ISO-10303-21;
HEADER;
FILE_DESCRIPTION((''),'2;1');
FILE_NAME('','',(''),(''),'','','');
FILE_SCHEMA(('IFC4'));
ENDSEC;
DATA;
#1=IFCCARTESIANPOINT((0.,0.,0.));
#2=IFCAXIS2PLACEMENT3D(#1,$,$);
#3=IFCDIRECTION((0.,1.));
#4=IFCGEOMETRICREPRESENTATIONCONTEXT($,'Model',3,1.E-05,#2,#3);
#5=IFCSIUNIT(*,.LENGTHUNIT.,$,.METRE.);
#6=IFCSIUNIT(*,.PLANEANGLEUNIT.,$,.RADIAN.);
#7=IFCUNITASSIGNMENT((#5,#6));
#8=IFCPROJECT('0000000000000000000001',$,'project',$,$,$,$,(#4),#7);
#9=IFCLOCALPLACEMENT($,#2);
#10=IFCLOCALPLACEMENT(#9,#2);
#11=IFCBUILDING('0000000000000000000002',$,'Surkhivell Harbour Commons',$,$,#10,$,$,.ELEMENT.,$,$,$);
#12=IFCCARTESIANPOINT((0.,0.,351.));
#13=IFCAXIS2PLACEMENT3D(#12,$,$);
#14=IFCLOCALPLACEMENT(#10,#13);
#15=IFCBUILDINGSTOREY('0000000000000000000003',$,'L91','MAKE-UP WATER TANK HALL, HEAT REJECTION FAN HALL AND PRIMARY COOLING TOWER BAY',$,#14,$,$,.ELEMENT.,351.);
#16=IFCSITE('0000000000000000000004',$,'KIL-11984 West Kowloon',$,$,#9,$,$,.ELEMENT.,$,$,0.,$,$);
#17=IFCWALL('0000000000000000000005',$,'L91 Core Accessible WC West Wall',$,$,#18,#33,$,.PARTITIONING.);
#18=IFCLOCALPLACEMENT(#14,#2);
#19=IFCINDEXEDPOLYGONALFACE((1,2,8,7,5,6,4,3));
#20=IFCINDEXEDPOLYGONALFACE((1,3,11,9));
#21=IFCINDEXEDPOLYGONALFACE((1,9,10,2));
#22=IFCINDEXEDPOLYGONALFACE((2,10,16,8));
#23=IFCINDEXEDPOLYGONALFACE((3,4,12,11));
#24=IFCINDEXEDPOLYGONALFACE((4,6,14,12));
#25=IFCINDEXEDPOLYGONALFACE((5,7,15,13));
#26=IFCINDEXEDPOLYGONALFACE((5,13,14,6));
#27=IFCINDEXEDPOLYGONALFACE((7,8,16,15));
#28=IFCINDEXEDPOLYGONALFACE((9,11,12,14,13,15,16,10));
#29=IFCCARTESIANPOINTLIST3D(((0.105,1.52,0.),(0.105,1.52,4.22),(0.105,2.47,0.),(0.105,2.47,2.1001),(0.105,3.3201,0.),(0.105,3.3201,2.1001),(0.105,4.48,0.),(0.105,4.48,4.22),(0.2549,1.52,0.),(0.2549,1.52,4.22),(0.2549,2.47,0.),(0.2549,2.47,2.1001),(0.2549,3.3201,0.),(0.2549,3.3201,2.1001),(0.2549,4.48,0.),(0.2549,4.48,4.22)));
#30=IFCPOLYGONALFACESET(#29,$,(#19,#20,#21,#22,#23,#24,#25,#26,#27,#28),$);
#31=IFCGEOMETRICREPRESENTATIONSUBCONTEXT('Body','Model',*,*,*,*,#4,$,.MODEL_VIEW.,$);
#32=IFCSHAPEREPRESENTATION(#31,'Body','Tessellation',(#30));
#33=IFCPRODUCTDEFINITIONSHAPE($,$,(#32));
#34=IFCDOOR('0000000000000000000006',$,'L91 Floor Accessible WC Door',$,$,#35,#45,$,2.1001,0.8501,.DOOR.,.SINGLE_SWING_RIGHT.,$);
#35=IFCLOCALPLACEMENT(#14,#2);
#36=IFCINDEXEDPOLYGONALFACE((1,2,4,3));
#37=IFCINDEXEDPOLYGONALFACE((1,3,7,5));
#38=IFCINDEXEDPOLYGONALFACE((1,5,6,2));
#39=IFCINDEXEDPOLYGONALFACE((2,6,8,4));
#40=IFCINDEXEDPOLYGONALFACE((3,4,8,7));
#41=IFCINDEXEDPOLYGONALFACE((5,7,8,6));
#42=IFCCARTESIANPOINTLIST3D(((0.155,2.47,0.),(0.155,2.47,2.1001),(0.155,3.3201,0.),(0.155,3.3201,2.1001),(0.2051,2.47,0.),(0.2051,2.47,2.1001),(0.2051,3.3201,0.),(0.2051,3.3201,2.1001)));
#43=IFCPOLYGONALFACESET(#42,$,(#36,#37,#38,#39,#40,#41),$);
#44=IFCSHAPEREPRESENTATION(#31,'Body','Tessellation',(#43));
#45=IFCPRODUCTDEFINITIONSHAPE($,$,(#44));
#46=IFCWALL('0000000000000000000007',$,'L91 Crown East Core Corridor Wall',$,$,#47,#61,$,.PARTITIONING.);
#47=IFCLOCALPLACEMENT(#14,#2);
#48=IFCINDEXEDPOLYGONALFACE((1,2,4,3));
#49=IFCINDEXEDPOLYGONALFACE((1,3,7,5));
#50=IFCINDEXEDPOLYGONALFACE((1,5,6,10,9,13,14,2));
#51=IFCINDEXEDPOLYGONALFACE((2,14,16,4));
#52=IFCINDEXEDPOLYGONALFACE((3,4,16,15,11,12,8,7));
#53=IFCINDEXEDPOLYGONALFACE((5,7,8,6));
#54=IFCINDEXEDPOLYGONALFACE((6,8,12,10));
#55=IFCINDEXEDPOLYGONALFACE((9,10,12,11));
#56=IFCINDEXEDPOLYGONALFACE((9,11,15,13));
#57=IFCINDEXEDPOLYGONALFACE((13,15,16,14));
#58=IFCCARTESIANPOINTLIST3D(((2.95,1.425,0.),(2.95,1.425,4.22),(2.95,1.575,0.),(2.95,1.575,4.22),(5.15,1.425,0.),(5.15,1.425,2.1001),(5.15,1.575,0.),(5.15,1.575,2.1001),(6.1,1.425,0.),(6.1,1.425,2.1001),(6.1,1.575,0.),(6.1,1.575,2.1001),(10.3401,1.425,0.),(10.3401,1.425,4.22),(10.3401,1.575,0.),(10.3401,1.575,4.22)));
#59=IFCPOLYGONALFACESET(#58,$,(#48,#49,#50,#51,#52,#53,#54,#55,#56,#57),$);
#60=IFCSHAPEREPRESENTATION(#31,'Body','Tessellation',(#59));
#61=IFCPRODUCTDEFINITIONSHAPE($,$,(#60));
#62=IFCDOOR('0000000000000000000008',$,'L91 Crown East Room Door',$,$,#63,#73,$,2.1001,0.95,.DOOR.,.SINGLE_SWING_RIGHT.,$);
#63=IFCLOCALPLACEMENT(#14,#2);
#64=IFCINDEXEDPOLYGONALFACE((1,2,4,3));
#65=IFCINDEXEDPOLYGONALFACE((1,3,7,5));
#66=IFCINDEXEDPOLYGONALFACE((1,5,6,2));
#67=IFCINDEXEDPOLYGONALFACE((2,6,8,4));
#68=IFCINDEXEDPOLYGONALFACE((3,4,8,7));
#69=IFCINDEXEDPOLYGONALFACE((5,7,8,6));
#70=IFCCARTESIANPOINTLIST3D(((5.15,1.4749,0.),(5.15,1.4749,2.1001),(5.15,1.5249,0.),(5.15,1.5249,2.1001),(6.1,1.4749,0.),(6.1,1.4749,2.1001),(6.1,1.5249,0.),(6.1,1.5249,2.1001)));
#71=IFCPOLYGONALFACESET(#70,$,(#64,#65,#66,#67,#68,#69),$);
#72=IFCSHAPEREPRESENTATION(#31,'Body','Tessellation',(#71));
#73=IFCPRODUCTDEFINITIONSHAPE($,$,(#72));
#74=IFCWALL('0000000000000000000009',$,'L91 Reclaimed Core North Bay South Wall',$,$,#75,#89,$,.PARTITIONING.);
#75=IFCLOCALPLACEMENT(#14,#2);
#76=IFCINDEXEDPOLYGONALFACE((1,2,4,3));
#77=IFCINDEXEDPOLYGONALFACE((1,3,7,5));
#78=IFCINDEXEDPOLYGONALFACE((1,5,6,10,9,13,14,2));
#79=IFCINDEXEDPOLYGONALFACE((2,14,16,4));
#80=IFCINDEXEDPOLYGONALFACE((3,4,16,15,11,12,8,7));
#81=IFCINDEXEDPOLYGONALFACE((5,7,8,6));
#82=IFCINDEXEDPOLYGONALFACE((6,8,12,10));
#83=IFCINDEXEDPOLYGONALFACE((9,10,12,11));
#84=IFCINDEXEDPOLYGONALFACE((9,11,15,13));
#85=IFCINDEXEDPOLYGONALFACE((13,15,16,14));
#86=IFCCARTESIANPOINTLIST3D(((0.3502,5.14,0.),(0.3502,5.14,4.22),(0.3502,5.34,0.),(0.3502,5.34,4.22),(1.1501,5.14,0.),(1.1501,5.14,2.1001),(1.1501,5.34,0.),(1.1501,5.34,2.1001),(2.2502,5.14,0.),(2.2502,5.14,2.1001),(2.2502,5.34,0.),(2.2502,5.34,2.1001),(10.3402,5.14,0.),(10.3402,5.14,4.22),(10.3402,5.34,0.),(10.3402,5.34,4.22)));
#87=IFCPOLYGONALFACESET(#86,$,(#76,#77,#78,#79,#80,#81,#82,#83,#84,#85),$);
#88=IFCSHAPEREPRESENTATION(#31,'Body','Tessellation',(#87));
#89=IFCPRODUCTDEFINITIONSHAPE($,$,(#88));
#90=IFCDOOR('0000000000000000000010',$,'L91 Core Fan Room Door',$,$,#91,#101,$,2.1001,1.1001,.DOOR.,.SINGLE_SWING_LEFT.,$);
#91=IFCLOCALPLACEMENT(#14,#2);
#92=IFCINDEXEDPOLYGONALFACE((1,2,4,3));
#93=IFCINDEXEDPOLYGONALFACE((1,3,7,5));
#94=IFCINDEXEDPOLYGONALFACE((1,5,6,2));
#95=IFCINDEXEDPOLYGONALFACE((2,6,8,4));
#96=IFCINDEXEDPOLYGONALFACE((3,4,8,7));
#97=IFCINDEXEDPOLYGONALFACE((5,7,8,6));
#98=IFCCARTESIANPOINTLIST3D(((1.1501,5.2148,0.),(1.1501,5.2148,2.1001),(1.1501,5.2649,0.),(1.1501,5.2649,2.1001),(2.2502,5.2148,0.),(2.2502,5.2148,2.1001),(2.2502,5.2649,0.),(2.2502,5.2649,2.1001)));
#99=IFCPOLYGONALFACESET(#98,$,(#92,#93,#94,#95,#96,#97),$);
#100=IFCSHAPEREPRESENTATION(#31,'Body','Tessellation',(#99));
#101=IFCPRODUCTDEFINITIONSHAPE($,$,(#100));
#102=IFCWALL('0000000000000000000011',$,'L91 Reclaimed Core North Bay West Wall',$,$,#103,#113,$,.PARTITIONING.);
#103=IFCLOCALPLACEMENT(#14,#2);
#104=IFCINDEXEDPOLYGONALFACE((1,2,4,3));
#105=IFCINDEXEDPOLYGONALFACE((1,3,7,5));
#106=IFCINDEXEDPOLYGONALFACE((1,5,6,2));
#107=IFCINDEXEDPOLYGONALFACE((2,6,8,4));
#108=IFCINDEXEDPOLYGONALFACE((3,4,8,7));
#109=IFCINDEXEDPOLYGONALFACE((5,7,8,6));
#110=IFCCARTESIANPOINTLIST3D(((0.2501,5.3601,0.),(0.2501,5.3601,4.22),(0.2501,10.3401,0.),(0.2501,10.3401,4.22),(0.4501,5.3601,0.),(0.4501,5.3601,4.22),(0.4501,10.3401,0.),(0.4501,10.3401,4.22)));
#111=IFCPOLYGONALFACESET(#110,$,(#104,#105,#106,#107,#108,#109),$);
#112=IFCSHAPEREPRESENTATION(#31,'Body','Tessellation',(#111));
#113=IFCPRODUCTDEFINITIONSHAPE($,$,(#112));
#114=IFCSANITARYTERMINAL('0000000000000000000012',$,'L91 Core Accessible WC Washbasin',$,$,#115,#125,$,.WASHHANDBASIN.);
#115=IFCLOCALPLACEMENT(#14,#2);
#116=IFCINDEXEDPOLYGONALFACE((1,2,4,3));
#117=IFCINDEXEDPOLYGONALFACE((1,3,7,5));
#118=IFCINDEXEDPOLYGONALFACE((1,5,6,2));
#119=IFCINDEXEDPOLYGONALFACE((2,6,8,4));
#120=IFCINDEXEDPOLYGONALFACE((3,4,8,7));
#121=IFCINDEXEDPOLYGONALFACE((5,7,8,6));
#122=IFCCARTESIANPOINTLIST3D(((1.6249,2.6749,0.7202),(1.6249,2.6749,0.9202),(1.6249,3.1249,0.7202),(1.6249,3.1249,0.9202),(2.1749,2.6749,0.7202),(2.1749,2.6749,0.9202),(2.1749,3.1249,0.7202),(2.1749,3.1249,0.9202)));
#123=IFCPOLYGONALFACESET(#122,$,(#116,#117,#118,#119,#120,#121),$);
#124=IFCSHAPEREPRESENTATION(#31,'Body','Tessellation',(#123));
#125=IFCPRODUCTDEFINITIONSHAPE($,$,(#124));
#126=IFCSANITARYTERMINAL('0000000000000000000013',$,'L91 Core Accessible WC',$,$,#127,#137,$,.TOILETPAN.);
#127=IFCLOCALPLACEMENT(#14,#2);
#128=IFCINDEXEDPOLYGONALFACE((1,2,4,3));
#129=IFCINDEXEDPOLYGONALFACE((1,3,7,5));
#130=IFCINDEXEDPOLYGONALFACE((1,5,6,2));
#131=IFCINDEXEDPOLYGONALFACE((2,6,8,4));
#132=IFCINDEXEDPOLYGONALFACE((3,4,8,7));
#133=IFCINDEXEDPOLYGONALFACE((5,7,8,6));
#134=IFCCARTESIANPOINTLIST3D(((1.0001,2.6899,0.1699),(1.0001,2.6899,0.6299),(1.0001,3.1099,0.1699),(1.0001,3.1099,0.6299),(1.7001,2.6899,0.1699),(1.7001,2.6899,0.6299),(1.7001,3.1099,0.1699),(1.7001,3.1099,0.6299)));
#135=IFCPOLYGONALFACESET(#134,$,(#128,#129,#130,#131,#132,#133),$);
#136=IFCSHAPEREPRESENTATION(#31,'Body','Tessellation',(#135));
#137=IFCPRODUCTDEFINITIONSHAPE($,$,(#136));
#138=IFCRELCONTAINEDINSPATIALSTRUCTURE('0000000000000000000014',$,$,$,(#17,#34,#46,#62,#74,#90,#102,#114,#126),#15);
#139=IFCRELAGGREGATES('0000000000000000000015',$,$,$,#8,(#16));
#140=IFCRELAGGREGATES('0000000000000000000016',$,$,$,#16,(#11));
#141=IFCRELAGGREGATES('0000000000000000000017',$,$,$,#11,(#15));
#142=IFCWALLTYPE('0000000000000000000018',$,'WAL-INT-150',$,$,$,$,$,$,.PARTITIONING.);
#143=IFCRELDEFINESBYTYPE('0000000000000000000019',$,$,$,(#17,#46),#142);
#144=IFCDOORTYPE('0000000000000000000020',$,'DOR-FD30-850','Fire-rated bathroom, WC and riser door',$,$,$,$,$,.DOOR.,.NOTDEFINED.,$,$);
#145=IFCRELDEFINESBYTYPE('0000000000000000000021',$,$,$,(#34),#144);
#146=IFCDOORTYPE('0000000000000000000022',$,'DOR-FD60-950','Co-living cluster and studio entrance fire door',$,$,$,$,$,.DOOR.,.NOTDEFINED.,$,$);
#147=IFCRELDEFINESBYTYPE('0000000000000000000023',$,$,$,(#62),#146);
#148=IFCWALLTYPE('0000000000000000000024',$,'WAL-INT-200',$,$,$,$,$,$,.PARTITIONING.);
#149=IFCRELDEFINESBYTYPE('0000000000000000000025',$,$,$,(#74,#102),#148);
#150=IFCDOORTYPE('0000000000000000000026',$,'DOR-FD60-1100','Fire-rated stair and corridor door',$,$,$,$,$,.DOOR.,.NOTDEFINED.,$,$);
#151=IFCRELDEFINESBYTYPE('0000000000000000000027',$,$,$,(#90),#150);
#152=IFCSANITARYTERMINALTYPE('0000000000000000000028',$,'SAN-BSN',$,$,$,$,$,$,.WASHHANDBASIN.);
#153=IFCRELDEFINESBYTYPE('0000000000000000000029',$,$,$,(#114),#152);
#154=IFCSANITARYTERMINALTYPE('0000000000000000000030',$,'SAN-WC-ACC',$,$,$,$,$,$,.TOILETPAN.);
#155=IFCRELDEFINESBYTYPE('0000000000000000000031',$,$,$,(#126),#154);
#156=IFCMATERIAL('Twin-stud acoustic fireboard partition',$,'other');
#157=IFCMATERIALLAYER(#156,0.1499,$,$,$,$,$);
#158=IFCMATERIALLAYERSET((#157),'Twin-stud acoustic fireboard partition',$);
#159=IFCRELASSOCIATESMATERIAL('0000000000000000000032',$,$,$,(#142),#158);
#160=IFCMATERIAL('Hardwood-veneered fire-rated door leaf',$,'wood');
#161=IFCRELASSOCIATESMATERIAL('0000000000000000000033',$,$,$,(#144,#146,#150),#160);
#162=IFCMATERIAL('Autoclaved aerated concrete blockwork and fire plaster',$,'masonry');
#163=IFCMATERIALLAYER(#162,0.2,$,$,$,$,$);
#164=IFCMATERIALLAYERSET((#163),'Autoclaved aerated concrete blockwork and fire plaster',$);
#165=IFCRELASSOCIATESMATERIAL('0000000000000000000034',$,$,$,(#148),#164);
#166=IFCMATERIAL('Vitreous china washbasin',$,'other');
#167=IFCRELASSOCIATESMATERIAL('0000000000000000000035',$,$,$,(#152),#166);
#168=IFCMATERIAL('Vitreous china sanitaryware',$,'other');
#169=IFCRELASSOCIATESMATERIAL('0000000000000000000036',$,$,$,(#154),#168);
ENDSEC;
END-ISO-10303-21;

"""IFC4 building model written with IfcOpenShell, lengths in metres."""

from ifc_helpers import new_model, si_unit, direction, frame, frame_2d, origin, origin_2d, place, context, subcontext, project, spatial, rectangle, extrude, material, layer, layer_set, type_object, element, fill, save


model = new_model("IFC4")

# Units and contexts
model_context = context("Model", 3, precision=1e-05, world=origin(), true_north=direction((0.0, 1.0)))
body_context = subcontext(model_context, "Body", "Model", "MODEL_VIEW")
ifc_project = project(units=[si_unit("LENGTHUNIT", "METRE"), si_unit("PLANEANGLEUNIT", "RADIAN")], contexts=[model_context])

# Site, building, storey
site_placement = place(None, origin())
site = spatial("IfcSite", under=ifc_project, at=site_placement, Name="KIL-11984 West Kowloon", CompositionType="ELEMENT", RefElevation=0.0)
building_placement = place(site_placement, origin())
building = spatial("IfcBuilding", under=site, at=building_placement, Name="Surkhivell Harbour Commons", CompositionType="ELEMENT")
storey_placement = place(building_placement, frame((0.0, 0.0, 351.0)))
storey = spatial("IfcBuildingStorey", under=building, at=storey_placement, Name="L91", Description="MAKE-UP WATER TANK HALL, HEAT REJECTION FAN HALL AND PRIMARY COOLING TOWER BAY", CompositionType="ELEMENT", Elevation=351.0)

# Shared definitions
ifc_material_1 = material(Name="Twin-stud acoustic fireboard partition", Category="other")
ifc_layer_1 = layer(ifc_material_1, 0.1499)
ifc_layer_set_1 = layer_set([ifc_layer_1], Name="Twin-stud acoustic fireboard partition")
wall_type_1 = type_object("IfcWallType", Name="WAL-INT-150", PredefinedType="PARTITIONING", material=ifc_layer_set_1)

# Walls, openings, doors
wall_1_placement = place(storey_placement, frame((0.1799, 1.52, 0.0), z_axis=(0.0, 0.0, 1.0), x_axis=(0.0, 1.0, 0.0)))
wall_1 = element("IfcWall", 1, at=wall_1_placement, inside=storey, type_object=wall_type_1, Name="L91 Core Accessible WC West Wall", PredefinedType="PARTITIONING", context=body_context, shape_type="SweptSolid", body=[
    extrude(rectangle(XDim=2.96, YDim=0.1499, at=frame_2d((1.48, 0.0))), origin(), (0.0, 0.0, 1.0), 4.22),
])
opening_1_placement = place(wall_1_placement, frame((0.95, 0.0, 0.0)))
opening_1 = element("IfcOpeningElement", 2, at=opening_1_placement, cuts=wall_1, PredefinedType="OPENING", context=body_context, shape_type="SweptSolid", body=[
    extrude(rectangle(XDim=0.8501, YDim=2.1001, at=frame_2d((0.425, 1.05))), frame((0.0, 0.085, 0.0), z_axis=(0.0, -1.0, 0.0), x_axis=(1.0, 0.0, 0.0)), (0.0, 0.0, 1.0), 0.1699),
])
ifc_material_2 = material(Name="Hardwood-veneered fire-rated door leaf", Category="wood")
door_type_1 = type_object("IfcDoorType", Name="DOR-FD30-850", Description="Fire-rated bathroom, WC and riser door", OperationType="NOTDEFINED", PredefinedType="DOOR", material=ifc_material_2)
door_1_placement = place(opening_1_placement, origin())
door_1 = element("IfcDoor", 3, at=door_1_placement, inside=storey, type_object=door_type_1, Name="L91 Floor Accessible WC Door", OperationType="SINGLE_SWING_RIGHT", OverallHeight=2.1001, OverallWidth=0.8501, PredefinedType="DOOR", context=body_context, shape_type="SweptSolid", body=[
    extrude(rectangle(XDim=0.8501, YDim=2.1001, at=frame_2d((0.425, 1.05))), frame((0.0, 0.0249, 0.0), z_axis=(0.0, -1.0, 0.0), x_axis=(1.0, 0.0, 0.0)), (0.0, 0.0, 1.0), 0.05),
])
fill(opening_1, door_1)
wall_2_placement = place(storey_placement, frame((2.95, 1.5, 0.0), z_axis=(0.0, 0.0, 1.0), x_axis=(1.0, 0.0, 0.0)))
wall_2 = element("IfcWall", 4, at=wall_2_placement, inside=storey, type_object=wall_type_1, Name="L91 Crown East Core Corridor Wall", PredefinedType="PARTITIONING", context=body_context, shape_type="SweptSolid", body=[
    extrude(rectangle(XDim=7.3901, YDim=0.1499, at=frame_2d((3.6951, 0.0))), origin(), (0.0, 0.0, 1.0), 4.22),
])
opening_2_placement = place(wall_2_placement, frame((2.2, 0.0, 0.0)))
opening_2 = element("IfcOpeningElement", 5, at=opening_2_placement, cuts=wall_2, PredefinedType="OPENING", context=body_context, shape_type="SweptSolid", body=[
    extrude(rectangle(XDim=0.95, YDim=2.1001, at=frame_2d((0.4751, 1.05))), frame((0.0, 0.085, 0.0), z_axis=(0.0, -1.0, 0.0), x_axis=(1.0, 0.0, 0.0)), (0.0, 0.0, 1.0), 0.1699),
])
door_type_2 = type_object("IfcDoorType", Name="DOR-FD60-950", Description="Co-living cluster and studio entrance fire door", OperationType="NOTDEFINED", PredefinedType="DOOR", material=ifc_material_2)
door_2_placement = place(opening_2_placement, origin())
door_2 = element("IfcDoor", 6, at=door_2_placement, inside=storey, type_object=door_type_2, Name="L91 Crown East Room Door", OperationType="SINGLE_SWING_RIGHT", OverallHeight=2.1001, OverallWidth=0.95, PredefinedType="DOOR", context=body_context, shape_type="SweptSolid", body=[
    extrude(rectangle(XDim=0.95, YDim=2.1001, at=frame_2d((0.4751, 1.05))), frame((0.0, 0.0249, 0.0), z_axis=(0.0, -1.0, 0.0), x_axis=(1.0, 0.0, 0.0)), (0.0, 0.0, 1.0), 0.05),
])
fill(opening_2, door_2)
ifc_material_3 = material(Name="Autoclaved aerated concrete blockwork and fire plaster", Category="masonry")
ifc_layer_2 = layer(ifc_material_3, 0.2)
ifc_layer_set_2 = layer_set([ifc_layer_2], Name="Autoclaved aerated concrete blockwork and fire plaster")
wall_type_2 = type_object("IfcWallType", Name="WAL-INT-200", PredefinedType="PARTITIONING", material=ifc_layer_set_2)
wall_3_placement = place(storey_placement, frame((0.3501, 5.24, 0.0), z_axis=(0.0, 0.0, 1.0), x_axis=(1.0, 0.0, 0.0)))
wall_3 = element("IfcWall", 7, at=wall_3_placement, inside=storey, type_object=wall_type_2, Name="L91 Reclaimed Core North Bay South Wall", PredefinedType="PARTITIONING", context=body_context, shape_type="SweptSolid", body=[
    extrude(rectangle(XDim=9.99, YDim=0.2, at=frame_2d((4.9951, 0.0))), origin(), (0.0, 0.0, 1.0), 4.22),
])
opening_3_placement = place(wall_3_placement, frame((0.8, 0.0, 0.0)))
opening_3 = element("IfcOpeningElement", 8, at=opening_3_placement, cuts=wall_3, PredefinedType="OPENING", context=body_context, shape_type="SweptSolid", body=[
    extrude(rectangle(XDim=1.1001, YDim=2.1001, at=frame_2d((0.55, 1.05))), frame((0.0, 0.1099, 0.0), z_axis=(0.0, -1.0, 0.0), x_axis=(1.0, 0.0, 0.0)), (0.0, 0.0, 1.0), 0.22),
])
door_type_3 = type_object("IfcDoorType", Name="DOR-FD60-1100", Description="Fire-rated stair and corridor door", OperationType="NOTDEFINED", PredefinedType="DOOR", material=ifc_material_2)
door_3_placement = place(opening_3_placement, origin())
door_3 = element("IfcDoor", 9, at=door_3_placement, inside=storey, type_object=door_type_3, Name="L91 Core Fan Room Door", OperationType="SINGLE_SWING_LEFT", OverallHeight=2.1001, OverallWidth=1.1001, PredefinedType="DOOR", context=body_context, shape_type="SweptSolid", body=[
    extrude(rectangle(XDim=1.1001, YDim=2.1001, at=frame_2d((0.55, 1.05))), frame((0.0, 0.0249, 0.0), z_axis=(0.0, -1.0, 0.0), x_axis=(1.0, 0.0, 0.0)), (0.0, 0.0, 1.0), 0.05),
])
fill(opening_3, door_3)

# Wall
wall_4_placement = place(storey_placement, frame((0.3501, 5.3601, 0.0), z_axis=(0.0, 0.0, 1.0), x_axis=(0.0, 1.0, 0.0)))
element("IfcWall", 10, at=wall_4_placement, inside=storey, type_object=wall_type_2, Name="L91 Reclaimed Core North Bay West Wall", PredefinedType="PARTITIONING", context=body_context, shape_type="SweptSolid", body=[
    extrude(rectangle(XDim=4.98, YDim=0.2, at=frame_2d((2.49, 0.0))), origin(), (0.0, 0.0, 1.0), 4.22),
])

# Sanitary terminals
ifc_material_4 = material(Name="Vitreous china washbasin", Category="other")
sanitary_terminal_type_1 = type_object("IfcSanitaryTerminalType", Name="SAN-BSN", PredefinedType="WASHHANDBASIN", material=ifc_material_4)
sanitary_terminal_1_placement = place(storey_placement, frame((1.8999, 2.8999, 0.7202), z_axis=(0.0, 0.0, 1.0), x_axis=(1.0, 0.0, 0.0)))
element("IfcSanitaryTerminal", 11, at=sanitary_terminal_1_placement, inside=storey, type_object=sanitary_terminal_type_1, Name="L91 Core Accessible WC Washbasin", PredefinedType="WASHHANDBASIN", context=body_context, shape_type="SweptSolid", body=[
    extrude(rectangle(XDim=0.55, YDim=0.45, at=origin_2d()), origin(), (0.0, 0.0, 1.0), 0.2),
])
ifc_material_5 = material(Name="Vitreous china sanitaryware", Category="other")
sanitary_terminal_type_2 = type_object("IfcSanitaryTerminalType", Name="SAN-WC-ACC", PredefinedType="TOILETPAN", material=ifc_material_5)
sanitary_terminal_2_placement = place(storey_placement, frame((1.3501, 2.8999, 0.1699), z_axis=(0.0, 0.0, 1.0), x_axis=(1.0, 0.0, 0.0)))
element("IfcSanitaryTerminal", 12, at=sanitary_terminal_2_placement, inside=storey, type_object=sanitary_terminal_type_2, Name="L91 Core Accessible WC", PredefinedType="TOILETPAN", context=body_context, shape_type="SweptSolid", body=[
    extrude(rectangle(XDim=0.7, YDim=0.4199, at=origin_2d()), origin(), (0.0, 0.0, 1.0), 0.46),
])

save(model, "model.ifc")
